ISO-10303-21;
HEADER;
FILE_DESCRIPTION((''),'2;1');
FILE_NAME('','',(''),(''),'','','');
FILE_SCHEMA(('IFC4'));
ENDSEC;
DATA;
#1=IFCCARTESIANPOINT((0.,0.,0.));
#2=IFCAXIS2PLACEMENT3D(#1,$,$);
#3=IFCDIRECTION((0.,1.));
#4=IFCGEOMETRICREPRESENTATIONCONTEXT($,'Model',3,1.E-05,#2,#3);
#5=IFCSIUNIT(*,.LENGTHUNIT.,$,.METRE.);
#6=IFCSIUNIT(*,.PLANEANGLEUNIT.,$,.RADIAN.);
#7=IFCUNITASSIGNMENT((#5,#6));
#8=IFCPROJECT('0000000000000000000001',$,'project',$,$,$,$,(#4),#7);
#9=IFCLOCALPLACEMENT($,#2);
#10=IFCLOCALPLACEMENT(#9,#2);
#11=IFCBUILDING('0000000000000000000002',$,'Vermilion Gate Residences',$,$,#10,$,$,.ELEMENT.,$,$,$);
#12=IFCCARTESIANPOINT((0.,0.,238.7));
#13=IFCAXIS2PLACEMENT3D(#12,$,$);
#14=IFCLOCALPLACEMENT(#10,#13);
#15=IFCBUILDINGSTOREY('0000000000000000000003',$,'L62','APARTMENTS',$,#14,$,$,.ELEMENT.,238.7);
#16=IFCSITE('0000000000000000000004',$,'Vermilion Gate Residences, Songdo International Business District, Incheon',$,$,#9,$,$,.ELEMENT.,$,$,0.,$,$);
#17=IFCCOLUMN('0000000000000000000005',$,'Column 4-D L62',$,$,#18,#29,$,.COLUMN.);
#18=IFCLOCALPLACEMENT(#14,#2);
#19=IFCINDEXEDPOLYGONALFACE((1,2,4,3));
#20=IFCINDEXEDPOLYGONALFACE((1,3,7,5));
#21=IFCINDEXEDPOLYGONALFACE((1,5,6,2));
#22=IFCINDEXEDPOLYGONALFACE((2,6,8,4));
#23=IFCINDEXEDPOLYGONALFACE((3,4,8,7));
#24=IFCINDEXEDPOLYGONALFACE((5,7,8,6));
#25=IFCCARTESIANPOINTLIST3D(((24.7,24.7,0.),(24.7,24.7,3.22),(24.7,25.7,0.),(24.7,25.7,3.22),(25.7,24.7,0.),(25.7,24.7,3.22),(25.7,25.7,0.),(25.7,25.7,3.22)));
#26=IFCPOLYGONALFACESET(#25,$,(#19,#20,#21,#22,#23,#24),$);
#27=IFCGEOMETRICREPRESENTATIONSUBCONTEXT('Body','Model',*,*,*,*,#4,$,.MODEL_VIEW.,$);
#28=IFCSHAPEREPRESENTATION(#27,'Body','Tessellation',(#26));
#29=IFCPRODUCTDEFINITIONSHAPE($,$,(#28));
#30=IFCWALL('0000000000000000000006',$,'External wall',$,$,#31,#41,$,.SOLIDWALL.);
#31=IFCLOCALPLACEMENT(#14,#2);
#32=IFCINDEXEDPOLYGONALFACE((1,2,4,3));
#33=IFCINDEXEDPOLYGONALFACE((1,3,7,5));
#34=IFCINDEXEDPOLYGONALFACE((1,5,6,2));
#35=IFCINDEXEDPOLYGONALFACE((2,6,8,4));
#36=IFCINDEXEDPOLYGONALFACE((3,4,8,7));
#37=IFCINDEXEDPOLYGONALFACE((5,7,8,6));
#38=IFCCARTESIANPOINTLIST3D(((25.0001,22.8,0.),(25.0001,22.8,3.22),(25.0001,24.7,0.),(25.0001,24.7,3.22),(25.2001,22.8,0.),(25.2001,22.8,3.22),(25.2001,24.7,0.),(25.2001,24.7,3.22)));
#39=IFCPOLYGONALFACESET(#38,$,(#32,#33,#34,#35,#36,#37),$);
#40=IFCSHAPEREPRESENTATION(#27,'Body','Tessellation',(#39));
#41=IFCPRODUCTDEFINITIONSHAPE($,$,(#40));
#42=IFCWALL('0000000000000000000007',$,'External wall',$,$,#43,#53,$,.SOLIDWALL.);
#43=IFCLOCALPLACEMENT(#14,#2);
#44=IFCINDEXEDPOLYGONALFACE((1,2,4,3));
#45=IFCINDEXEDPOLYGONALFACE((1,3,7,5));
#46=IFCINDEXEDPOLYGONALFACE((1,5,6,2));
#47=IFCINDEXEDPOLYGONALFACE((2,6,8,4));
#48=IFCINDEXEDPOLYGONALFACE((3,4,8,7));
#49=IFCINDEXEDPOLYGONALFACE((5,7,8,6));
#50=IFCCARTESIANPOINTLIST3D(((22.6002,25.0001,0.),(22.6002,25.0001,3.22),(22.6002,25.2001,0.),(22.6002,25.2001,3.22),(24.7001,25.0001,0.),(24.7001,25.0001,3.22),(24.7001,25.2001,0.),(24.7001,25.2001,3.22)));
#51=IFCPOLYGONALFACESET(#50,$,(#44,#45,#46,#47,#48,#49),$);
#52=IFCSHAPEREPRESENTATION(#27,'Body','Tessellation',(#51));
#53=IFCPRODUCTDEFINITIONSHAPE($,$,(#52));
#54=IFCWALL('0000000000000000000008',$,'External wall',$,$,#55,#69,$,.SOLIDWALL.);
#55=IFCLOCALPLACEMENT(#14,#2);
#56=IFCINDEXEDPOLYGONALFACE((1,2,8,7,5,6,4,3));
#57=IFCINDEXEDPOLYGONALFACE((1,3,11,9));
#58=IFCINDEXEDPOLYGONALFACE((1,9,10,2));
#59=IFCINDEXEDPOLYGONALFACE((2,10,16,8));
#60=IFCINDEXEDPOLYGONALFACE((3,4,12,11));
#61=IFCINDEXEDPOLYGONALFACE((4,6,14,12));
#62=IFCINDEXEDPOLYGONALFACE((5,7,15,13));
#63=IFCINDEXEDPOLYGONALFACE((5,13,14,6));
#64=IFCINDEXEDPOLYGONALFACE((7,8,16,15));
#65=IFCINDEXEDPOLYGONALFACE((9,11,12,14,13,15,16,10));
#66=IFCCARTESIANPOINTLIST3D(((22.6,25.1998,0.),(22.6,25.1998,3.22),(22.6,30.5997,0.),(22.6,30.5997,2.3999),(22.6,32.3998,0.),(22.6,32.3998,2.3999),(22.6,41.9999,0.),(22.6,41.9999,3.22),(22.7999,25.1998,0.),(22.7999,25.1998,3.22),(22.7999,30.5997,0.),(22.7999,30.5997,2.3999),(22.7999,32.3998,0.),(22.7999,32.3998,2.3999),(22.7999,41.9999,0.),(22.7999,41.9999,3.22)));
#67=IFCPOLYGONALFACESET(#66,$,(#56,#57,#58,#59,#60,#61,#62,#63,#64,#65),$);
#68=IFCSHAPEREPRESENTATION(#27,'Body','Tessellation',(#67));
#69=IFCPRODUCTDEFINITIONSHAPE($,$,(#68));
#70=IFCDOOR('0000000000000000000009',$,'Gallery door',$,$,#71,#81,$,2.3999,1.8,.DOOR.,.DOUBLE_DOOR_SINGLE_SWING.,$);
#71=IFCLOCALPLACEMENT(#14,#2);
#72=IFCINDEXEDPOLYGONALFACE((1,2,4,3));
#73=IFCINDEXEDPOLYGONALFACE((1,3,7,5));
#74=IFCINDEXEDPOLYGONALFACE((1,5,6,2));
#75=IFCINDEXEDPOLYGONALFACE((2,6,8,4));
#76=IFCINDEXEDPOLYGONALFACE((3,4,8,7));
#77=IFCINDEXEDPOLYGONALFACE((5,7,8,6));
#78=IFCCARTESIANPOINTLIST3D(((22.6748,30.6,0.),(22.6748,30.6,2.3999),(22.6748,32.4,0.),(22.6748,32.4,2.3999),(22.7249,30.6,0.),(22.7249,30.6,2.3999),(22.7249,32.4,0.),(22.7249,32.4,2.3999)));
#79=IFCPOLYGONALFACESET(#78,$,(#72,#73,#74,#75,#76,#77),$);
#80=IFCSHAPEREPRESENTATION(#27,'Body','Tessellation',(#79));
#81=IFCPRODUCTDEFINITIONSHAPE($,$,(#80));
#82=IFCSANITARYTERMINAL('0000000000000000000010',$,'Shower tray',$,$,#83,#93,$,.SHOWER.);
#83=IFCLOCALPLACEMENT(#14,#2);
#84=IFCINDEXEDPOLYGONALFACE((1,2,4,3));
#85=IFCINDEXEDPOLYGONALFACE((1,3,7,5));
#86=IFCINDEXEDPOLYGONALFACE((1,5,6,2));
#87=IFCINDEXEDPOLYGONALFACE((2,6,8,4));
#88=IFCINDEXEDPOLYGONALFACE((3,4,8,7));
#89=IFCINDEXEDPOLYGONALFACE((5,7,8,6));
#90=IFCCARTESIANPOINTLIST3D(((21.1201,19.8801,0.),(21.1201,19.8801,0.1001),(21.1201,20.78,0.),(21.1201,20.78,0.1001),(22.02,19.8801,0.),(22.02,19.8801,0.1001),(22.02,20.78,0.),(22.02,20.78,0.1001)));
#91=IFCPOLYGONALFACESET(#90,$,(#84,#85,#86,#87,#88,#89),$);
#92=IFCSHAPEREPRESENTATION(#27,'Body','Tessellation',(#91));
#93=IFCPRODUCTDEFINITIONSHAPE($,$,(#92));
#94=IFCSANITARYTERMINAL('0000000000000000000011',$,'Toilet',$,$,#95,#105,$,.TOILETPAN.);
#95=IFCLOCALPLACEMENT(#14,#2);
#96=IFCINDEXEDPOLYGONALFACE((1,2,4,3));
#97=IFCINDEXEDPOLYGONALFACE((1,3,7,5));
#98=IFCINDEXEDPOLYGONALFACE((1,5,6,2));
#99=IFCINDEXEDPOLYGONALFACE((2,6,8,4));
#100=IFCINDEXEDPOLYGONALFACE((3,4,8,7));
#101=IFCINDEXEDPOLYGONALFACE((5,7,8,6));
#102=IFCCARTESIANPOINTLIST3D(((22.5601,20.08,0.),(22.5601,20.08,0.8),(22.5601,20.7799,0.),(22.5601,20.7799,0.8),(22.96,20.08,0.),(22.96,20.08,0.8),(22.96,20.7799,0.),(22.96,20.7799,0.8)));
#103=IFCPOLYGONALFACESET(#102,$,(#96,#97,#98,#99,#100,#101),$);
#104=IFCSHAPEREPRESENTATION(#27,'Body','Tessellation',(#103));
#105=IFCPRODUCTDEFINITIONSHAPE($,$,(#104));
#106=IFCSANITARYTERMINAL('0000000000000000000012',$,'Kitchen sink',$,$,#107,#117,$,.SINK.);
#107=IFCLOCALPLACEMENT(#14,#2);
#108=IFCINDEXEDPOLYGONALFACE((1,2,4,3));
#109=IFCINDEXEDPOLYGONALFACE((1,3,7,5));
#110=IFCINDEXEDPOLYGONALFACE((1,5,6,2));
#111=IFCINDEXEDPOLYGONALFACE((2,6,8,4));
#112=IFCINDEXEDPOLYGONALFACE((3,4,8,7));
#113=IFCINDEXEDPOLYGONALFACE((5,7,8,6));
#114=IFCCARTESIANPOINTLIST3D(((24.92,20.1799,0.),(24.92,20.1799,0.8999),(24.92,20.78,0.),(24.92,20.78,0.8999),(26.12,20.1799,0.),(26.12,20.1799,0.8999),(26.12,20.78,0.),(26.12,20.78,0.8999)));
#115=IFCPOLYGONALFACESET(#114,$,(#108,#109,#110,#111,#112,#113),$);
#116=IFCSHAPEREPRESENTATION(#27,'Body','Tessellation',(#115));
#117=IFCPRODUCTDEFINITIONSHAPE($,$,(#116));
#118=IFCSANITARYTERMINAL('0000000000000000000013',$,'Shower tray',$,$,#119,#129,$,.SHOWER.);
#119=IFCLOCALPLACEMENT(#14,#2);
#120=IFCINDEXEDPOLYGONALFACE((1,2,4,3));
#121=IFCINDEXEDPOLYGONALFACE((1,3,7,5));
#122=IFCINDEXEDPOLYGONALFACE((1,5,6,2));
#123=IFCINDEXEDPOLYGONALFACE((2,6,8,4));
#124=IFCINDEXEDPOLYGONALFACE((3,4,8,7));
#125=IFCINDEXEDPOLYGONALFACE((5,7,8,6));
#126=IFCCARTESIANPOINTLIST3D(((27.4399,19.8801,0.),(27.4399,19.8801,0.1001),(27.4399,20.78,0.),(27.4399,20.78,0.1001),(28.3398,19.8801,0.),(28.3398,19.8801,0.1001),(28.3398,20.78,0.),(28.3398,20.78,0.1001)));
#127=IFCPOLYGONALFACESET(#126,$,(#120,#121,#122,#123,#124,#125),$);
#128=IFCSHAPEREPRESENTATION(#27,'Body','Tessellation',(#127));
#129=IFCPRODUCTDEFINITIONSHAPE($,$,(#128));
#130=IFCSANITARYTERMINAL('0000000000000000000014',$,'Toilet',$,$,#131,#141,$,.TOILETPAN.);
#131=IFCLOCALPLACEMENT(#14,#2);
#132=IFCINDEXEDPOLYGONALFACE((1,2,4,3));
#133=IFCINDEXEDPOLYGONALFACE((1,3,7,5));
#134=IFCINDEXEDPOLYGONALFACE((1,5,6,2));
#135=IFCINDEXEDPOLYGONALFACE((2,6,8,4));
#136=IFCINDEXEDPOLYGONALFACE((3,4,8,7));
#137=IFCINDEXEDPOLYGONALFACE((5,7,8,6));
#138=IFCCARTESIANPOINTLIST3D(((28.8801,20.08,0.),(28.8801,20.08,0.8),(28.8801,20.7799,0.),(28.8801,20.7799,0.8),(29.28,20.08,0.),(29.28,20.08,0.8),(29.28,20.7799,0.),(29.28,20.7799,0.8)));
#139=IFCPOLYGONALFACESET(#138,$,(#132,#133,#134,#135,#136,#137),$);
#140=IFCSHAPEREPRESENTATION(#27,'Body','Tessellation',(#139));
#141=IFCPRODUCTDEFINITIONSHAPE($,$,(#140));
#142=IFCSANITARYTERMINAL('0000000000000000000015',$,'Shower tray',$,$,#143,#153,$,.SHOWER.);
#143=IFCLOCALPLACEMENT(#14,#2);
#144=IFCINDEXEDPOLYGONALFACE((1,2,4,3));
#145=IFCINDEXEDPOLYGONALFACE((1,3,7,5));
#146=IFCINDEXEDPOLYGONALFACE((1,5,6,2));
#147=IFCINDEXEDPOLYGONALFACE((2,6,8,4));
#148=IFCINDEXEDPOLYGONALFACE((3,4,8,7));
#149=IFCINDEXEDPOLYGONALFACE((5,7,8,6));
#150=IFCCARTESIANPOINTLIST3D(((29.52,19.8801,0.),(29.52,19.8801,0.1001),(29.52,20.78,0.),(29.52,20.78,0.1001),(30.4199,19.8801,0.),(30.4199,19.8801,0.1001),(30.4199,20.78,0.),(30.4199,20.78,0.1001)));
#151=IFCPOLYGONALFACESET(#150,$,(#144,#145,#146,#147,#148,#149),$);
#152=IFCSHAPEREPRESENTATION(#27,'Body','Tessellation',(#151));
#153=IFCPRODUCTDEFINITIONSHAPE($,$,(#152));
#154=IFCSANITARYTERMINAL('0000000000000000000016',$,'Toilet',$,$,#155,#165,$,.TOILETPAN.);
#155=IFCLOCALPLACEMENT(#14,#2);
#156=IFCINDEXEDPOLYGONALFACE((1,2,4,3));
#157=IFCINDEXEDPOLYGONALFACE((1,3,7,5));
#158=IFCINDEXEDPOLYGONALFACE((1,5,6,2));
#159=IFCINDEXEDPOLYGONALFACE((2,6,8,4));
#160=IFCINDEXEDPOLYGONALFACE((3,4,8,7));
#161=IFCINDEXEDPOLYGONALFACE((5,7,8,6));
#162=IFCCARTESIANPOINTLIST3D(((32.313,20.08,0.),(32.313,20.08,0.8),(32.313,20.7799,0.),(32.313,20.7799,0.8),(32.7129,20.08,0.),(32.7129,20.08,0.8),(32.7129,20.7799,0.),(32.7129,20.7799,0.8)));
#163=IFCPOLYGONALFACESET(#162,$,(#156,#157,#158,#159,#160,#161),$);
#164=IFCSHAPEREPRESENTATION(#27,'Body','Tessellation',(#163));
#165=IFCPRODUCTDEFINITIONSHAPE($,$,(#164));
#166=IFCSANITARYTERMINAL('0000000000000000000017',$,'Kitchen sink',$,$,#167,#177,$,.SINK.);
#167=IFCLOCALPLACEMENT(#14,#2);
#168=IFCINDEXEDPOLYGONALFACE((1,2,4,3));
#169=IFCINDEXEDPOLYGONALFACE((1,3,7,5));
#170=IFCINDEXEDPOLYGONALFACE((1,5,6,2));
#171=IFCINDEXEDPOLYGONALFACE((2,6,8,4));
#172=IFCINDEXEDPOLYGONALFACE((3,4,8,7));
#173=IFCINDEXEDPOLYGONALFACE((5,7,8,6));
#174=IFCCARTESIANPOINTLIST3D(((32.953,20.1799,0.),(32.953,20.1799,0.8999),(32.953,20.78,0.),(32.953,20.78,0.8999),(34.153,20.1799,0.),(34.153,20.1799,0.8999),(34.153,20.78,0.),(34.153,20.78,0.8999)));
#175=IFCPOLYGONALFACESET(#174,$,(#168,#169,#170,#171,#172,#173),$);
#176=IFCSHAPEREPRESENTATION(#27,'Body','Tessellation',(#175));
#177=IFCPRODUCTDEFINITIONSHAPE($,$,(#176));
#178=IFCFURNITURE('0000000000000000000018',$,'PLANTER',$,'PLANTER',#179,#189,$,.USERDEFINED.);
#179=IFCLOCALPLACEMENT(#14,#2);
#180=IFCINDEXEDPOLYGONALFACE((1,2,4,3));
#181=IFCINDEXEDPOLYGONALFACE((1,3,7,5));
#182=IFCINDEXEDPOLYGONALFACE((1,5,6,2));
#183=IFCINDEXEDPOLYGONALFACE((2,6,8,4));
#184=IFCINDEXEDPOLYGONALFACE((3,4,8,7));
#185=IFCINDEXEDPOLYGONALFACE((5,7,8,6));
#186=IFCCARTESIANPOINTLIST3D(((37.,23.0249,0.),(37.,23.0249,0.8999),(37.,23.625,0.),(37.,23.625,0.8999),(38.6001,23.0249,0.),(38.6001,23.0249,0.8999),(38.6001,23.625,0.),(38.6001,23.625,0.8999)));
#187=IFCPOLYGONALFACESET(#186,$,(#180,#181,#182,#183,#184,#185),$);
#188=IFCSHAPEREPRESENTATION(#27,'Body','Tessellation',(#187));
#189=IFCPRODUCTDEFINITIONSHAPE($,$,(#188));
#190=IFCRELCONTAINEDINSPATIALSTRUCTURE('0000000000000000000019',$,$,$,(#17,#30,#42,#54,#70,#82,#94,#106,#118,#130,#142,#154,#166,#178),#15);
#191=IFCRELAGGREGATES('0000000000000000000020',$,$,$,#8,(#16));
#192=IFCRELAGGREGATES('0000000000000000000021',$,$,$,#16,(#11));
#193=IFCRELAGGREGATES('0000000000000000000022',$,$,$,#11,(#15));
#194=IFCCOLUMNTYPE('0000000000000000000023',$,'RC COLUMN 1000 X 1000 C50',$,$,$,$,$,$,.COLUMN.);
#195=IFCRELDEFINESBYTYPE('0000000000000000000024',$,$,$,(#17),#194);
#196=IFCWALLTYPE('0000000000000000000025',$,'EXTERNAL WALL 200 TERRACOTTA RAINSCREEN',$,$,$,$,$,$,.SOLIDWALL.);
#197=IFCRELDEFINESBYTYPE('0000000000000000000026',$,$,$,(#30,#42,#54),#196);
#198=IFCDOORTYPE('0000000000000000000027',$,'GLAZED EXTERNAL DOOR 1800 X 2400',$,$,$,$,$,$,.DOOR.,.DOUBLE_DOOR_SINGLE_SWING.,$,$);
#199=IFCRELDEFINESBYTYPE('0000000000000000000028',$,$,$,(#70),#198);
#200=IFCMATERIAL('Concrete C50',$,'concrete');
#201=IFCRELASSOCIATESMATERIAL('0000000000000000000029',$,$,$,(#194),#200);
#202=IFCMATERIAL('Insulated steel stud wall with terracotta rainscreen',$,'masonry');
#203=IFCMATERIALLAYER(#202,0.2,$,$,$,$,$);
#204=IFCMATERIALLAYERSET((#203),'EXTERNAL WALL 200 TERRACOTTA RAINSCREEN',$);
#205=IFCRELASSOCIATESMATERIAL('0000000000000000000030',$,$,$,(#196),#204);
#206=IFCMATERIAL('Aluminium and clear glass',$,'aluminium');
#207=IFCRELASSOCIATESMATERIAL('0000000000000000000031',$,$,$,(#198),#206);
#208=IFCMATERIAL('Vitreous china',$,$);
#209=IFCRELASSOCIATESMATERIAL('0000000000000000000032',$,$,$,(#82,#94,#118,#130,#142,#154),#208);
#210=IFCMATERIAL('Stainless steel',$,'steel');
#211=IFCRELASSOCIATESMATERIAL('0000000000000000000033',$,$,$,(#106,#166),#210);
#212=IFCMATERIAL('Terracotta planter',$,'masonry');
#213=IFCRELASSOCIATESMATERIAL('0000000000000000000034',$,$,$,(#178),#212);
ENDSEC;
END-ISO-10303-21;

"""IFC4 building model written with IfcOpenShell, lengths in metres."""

from ifc_helpers import new_model, si_unit, direction, frame, frame_2d, origin, origin_2d, place, context, subcontext, project, spatial, rectangle, extrude, material, layer, layer_set, material_profile, profile_set, type_object, element, fill, save


model = new_model("IFC4")

# Units and contexts
model_context = context("Model", 3, precision=1e-05, world=origin(), true_north=direction((0.0, 1.0)))
body_context = subcontext(model_context, "Body", "Model", "MODEL_VIEW")
ifc_project = project(units=[si_unit("LENGTHUNIT", "METRE"), si_unit("PLANEANGLEUNIT", "RADIAN")], contexts=[model_context])

# Site, building, storey
site_placement = place(None, origin())
site = spatial("IfcSite", under=ifc_project, at=site_placement, Name="Vermilion Gate Residences, Songdo International Business District, Incheon", CompositionType="ELEMENT", RefElevation=0.0)
building_placement = place(site_placement, origin())
building = spatial("IfcBuilding", under=site, at=building_placement, Name="Vermilion Gate Residences", CompositionType="ELEMENT")
storey_placement = place(building_placement, frame((0.0, 0.0, 238.7)))
storey = spatial("IfcBuildingStorey", under=building, at=storey_placement, Name="L62", Description="APARTMENTS", CompositionType="ELEMENT", Elevation=238.7)

# Column
ifc_material_1 = material(Name="Concrete C50", Category="concrete")
ifc_material_profile = material_profile(ifc_material_1, rectangle(XDim=1.0, YDim=1.0, at=origin_2d()), Name="RC-1000x1000")
ifc_profile_set = profile_set([ifc_material_profile], Name="Concrete C50")
column_type = type_object("IfcColumnType", Name="RC COLUMN 1000 X 1000 C50", PredefinedType="COLUMN", material=ifc_profile_set)
column_placement = place(storey_placement, frame((25.2, 25.2, 0.0), z_axis=(0.0, 0.0, 1.0), x_axis=(1.0, 0.0, 0.0)))
element("IfcColumn", 1, at=column_placement, inside=storey, type_object=column_type, Name="Column 4-D L62", PredefinedType="COLUMN", context=body_context, shape_type="SweptSolid", body=[
    extrude(rectangle(XDim=1.0, YDim=1.0, at=origin_2d()), origin(), (0.0, 0.0, 1.0), 3.22),
])

# Walls
ifc_material_2 = material(Name="Insulated steel stud wall with terracotta rainscreen", Category="masonry")
ifc_layer = layer(ifc_material_2, 0.2)
ifc_layer_set = layer_set([ifc_layer], Name="EXTERNAL WALL 200 TERRACOTTA RAINSCREEN")
wall_type = type_object("IfcWallType", Name="EXTERNAL WALL 200 TERRACOTTA RAINSCREEN", PredefinedType="SOLIDWALL", material=ifc_layer_set)
wall_1_placement = place(storey_placement, frame((25.1001, 22.8, 0.0), z_axis=(0.0, 0.0, 1.0), x_axis=(0.0, 1.0, 0.0)))
element("IfcWall", 2, at=wall_1_placement, inside=storey, type_object=wall_type, Name="External wall", PredefinedType="SOLIDWALL", context=body_context, shape_type="SweptSolid", body=[
    extrude(rectangle(XDim=1.8999, YDim=0.2, at=frame_2d((0.95, 0.0))), origin(), (0.0, 0.0, 1.0), 3.22),
])
wall_2_placement = place(storey_placement, frame((24.7, 25.1001, 0.0), z_axis=(0.0, 0.0, 1.0), x_axis=(-1.0, 0.0, 0.0)))
element("IfcWall", 3, at=wall_2_placement, inside=storey, type_object=wall_type, Name="External wall", PredefinedType="SOLIDWALL", context=body_context, shape_type="SweptSolid", body=[
    extrude(rectangle(XDim=2.0999, YDim=0.2, at=frame_2d((1.0498, 0.0))), origin(), (0.0, 0.0, 1.0), 3.22),
])

# Wall, opening, door
wall_3_placement = place(storey_placement, frame((22.7, 25.2, 0.0), z_axis=(0.0, 0.0, 1.0), x_axis=(0.0, 1.0, 0.0)))
wall_3 = element("IfcWall", 4, at=wall_3_placement, inside=storey, type_object=wall_type, Name="External wall", PredefinedType="SOLIDWALL", context=body_context, shape_type="SweptSolid", body=[
    extrude(rectangle(XDim=16.8, YDim=0.2, at=frame_2d((8.3999, 0.0))), origin(), (0.0, 0.0, 1.0), 3.22),
])
opening_placement = place(wall_3_placement, frame((5.3999, 0.0, 0.0)))
opening = element("IfcOpeningElement", 5, at=opening_placement, cuts=wall_3, PredefinedType="OPENING", context=body_context, shape_type="SweptSolid", body=[
    extrude(rectangle(XDim=1.8, YDim=2.3999, at=frame_2d((0.8999, 1.2))), frame((0.0, 0.1099, 0.0), z_axis=(0.0, -1.0, 0.0), x_axis=(1.0, 0.0, 0.0)), (0.0, 0.0, 1.0), 0.22),
])
ifc_material_3 = material(Name="Aluminium and clear glass", Category="aluminium")
door_type = type_object("IfcDoorType", Name="GLAZED EXTERNAL DOOR 1800 X 2400", OperationType="DOUBLE_DOOR_SINGLE_SWING", PredefinedType="DOOR", material=ifc_material_3)
door_placement = place(opening_placement, frame((1.8, 0.0, 0.0), z_axis=(0.0, 0.0, 1.0), x_axis=(-1.0, 0.0, 0.0)))
door = element("IfcDoor", 6, at=door_placement, inside=storey, type_object=door_type, Name="Gallery door", OperationType="DOUBLE_DOOR_SINGLE_SWING", OverallHeight=2.3999, OverallWidth=1.8, PredefinedType="DOOR", context=body_context, shape_type="SweptSolid", body=[
    extrude(rectangle(XDim=1.8, YDim=2.3999, at=frame_2d((0.8999, 1.2))), frame((0.0, 0.0249, 0.0), z_axis=(0.0, -1.0, 0.0), x_axis=(1.0, 0.0, 0.0)), (0.0, 0.0, 1.0), 0.05),
])
fill(opening, door)

# Sanitary terminals
ifc_material_4 = material(Name="Vitreous china")
sanitary_terminal_1_placement = place(storey_placement, frame((21.5701, 20.3301, 0.0), z_axis=(0.0, 0.0, 1.0), x_axis=(1.0, 0.0, 0.0)))
element("IfcSanitaryTerminal", 7, at=sanitary_terminal_1_placement, inside=storey, material=ifc_material_4, Name="Shower tray", PredefinedType="SHOWER", context=body_context, shape_type="SweptSolid", body=[
    extrude(rectangle(XDim=0.8999, YDim=0.8999, at=origin_2d()), origin(), (0.0, 0.0, 1.0), 0.1001),
])
sanitary_terminal_2_placement = place(storey_placement, frame((22.76, 20.4299, 0.0), z_axis=(0.0, 0.0, 1.0), x_axis=(1.0, 0.0, 0.0)))
element("IfcSanitaryTerminal", 8, at=sanitary_terminal_2_placement, inside=storey, material=ifc_material_4, Name="Toilet", PredefinedType="TOILETPAN", context=body_context, shape_type="SweptSolid", body=[
    extrude(rectangle(XDim=0.3999, YDim=0.7, at=origin_2d()), origin(), (0.0, 0.0, 1.0), 0.8),
])
ifc_material_5 = material(Name="Stainless steel", Category="steel")
sanitary_terminal_3_placement = place(storey_placement, frame((25.52, 20.48, 0.0), z_axis=(0.0, 0.0, 1.0), x_axis=(1.0, 0.0, 0.0)))
element("IfcSanitaryTerminal", 9, at=sanitary_terminal_3_placement, inside=storey, material=ifc_material_5, Name="Kitchen sink", PredefinedType="SINK", context=body_context, shape_type="SweptSolid", body=[
    extrude(rectangle(XDim=1.2, YDim=0.6001, at=origin_2d()), origin(), (0.0, 0.0, 1.0), 0.8999),
])
sanitary_terminal_4_placement = place(storey_placement, frame((27.8899, 20.3301, 0.0), z_axis=(0.0, 0.0, 1.0), x_axis=(1.0, 0.0, 0.0)))
element("IfcSanitaryTerminal", 10, at=sanitary_terminal_4_placement, inside=storey, material=ifc_material_4, Name="Shower tray", PredefinedType="SHOWER", context=body_context, shape_type="SweptSolid", body=[
    extrude(rectangle(XDim=0.8999, YDim=0.8999, at=origin_2d()), origin(), (0.0, 0.0, 1.0), 0.1001),
])
sanitary_terminal_5_placement = place(storey_placement, frame((29.0801, 20.4299, 0.0), z_axis=(0.0, 0.0, 1.0), x_axis=(1.0, 0.0, 0.0)))
element("IfcSanitaryTerminal", 11, at=sanitary_terminal_5_placement, inside=storey, material=ifc_material_4, Name="Toilet", PredefinedType="TOILETPAN", context=body_context, shape_type="SweptSolid", body=[
    extrude(rectangle(XDim=0.3999, YDim=0.7, at=origin_2d()), origin(), (0.0, 0.0, 1.0), 0.8),
])
sanitary_terminal_6_placement = place(storey_placement, frame((29.97, 20.3301, 0.0), z_axis=(0.0, 0.0, 1.0), x_axis=(1.0, 0.0, 0.0)))
element("IfcSanitaryTerminal", 12, at=sanitary_terminal_6_placement, inside=storey, material=ifc_material_4, Name="Shower tray", PredefinedType="SHOWER", context=body_context, shape_type="SweptSolid", body=[
    extrude(rectangle(XDim=0.8999, YDim=0.8999, at=origin_2d()), origin(), (0.0, 0.0, 1.0), 0.1001),
])
sanitary_terminal_7_placement = place(storey_placement, frame((32.5129, 20.4299, 0.0), z_axis=(0.0, 0.0, 1.0), x_axis=(1.0, 0.0, 0.0)))
element("IfcSanitaryTerminal", 13, at=sanitary_terminal_7_placement, inside=storey, material=ifc_material_4, Name="Toilet", PredefinedType="TOILETPAN", context=body_context, shape_type="SweptSolid", body=[
    extrude(rectangle(XDim=0.3999, YDim=0.7, at=origin_2d()), origin(), (0.0, 0.0, 1.0), 0.8),
])
sanitary_terminal_8_placement = place(storey_placement, frame((33.553, 20.48, 0.0), z_axis=(0.0, 0.0, 1.0), x_axis=(1.0, 0.0, 0.0)))
element("IfcSanitaryTerminal", 14, at=sanitary_terminal_8_placement, inside=storey, material=ifc_material_5, Name="Kitchen sink", PredefinedType="SINK", context=body_context, shape_type="SweptSolid", body=[
    extrude(rectangle(XDim=1.2, YDim=0.6001, at=origin_2d()), origin(), (0.0, 0.0, 1.0), 0.8999),
])

# Furniture
ifc_material_6 = material(Name="Terracotta planter", Category="masonry")
furniture_placement = place(storey_placement, frame((37.8, 23.325, 0.0), z_axis=(0.0, 0.0, 1.0), x_axis=(-1.0, 0.0, 0.0)))
element("IfcFurniture", 15, at=furniture_placement, inside=storey, material=ifc_material_6, Name="PLANTER", ObjectType="PLANTER", PredefinedType="USERDEFINED", context=body_context, shape_type="SweptSolid", body=[
    extrude(rectangle(XDim=1.6001, YDim=0.6001, at=origin_2d()), origin(), (0.0, 0.0, 1.0), 0.8999),
])

save(model, "model.ifc")
